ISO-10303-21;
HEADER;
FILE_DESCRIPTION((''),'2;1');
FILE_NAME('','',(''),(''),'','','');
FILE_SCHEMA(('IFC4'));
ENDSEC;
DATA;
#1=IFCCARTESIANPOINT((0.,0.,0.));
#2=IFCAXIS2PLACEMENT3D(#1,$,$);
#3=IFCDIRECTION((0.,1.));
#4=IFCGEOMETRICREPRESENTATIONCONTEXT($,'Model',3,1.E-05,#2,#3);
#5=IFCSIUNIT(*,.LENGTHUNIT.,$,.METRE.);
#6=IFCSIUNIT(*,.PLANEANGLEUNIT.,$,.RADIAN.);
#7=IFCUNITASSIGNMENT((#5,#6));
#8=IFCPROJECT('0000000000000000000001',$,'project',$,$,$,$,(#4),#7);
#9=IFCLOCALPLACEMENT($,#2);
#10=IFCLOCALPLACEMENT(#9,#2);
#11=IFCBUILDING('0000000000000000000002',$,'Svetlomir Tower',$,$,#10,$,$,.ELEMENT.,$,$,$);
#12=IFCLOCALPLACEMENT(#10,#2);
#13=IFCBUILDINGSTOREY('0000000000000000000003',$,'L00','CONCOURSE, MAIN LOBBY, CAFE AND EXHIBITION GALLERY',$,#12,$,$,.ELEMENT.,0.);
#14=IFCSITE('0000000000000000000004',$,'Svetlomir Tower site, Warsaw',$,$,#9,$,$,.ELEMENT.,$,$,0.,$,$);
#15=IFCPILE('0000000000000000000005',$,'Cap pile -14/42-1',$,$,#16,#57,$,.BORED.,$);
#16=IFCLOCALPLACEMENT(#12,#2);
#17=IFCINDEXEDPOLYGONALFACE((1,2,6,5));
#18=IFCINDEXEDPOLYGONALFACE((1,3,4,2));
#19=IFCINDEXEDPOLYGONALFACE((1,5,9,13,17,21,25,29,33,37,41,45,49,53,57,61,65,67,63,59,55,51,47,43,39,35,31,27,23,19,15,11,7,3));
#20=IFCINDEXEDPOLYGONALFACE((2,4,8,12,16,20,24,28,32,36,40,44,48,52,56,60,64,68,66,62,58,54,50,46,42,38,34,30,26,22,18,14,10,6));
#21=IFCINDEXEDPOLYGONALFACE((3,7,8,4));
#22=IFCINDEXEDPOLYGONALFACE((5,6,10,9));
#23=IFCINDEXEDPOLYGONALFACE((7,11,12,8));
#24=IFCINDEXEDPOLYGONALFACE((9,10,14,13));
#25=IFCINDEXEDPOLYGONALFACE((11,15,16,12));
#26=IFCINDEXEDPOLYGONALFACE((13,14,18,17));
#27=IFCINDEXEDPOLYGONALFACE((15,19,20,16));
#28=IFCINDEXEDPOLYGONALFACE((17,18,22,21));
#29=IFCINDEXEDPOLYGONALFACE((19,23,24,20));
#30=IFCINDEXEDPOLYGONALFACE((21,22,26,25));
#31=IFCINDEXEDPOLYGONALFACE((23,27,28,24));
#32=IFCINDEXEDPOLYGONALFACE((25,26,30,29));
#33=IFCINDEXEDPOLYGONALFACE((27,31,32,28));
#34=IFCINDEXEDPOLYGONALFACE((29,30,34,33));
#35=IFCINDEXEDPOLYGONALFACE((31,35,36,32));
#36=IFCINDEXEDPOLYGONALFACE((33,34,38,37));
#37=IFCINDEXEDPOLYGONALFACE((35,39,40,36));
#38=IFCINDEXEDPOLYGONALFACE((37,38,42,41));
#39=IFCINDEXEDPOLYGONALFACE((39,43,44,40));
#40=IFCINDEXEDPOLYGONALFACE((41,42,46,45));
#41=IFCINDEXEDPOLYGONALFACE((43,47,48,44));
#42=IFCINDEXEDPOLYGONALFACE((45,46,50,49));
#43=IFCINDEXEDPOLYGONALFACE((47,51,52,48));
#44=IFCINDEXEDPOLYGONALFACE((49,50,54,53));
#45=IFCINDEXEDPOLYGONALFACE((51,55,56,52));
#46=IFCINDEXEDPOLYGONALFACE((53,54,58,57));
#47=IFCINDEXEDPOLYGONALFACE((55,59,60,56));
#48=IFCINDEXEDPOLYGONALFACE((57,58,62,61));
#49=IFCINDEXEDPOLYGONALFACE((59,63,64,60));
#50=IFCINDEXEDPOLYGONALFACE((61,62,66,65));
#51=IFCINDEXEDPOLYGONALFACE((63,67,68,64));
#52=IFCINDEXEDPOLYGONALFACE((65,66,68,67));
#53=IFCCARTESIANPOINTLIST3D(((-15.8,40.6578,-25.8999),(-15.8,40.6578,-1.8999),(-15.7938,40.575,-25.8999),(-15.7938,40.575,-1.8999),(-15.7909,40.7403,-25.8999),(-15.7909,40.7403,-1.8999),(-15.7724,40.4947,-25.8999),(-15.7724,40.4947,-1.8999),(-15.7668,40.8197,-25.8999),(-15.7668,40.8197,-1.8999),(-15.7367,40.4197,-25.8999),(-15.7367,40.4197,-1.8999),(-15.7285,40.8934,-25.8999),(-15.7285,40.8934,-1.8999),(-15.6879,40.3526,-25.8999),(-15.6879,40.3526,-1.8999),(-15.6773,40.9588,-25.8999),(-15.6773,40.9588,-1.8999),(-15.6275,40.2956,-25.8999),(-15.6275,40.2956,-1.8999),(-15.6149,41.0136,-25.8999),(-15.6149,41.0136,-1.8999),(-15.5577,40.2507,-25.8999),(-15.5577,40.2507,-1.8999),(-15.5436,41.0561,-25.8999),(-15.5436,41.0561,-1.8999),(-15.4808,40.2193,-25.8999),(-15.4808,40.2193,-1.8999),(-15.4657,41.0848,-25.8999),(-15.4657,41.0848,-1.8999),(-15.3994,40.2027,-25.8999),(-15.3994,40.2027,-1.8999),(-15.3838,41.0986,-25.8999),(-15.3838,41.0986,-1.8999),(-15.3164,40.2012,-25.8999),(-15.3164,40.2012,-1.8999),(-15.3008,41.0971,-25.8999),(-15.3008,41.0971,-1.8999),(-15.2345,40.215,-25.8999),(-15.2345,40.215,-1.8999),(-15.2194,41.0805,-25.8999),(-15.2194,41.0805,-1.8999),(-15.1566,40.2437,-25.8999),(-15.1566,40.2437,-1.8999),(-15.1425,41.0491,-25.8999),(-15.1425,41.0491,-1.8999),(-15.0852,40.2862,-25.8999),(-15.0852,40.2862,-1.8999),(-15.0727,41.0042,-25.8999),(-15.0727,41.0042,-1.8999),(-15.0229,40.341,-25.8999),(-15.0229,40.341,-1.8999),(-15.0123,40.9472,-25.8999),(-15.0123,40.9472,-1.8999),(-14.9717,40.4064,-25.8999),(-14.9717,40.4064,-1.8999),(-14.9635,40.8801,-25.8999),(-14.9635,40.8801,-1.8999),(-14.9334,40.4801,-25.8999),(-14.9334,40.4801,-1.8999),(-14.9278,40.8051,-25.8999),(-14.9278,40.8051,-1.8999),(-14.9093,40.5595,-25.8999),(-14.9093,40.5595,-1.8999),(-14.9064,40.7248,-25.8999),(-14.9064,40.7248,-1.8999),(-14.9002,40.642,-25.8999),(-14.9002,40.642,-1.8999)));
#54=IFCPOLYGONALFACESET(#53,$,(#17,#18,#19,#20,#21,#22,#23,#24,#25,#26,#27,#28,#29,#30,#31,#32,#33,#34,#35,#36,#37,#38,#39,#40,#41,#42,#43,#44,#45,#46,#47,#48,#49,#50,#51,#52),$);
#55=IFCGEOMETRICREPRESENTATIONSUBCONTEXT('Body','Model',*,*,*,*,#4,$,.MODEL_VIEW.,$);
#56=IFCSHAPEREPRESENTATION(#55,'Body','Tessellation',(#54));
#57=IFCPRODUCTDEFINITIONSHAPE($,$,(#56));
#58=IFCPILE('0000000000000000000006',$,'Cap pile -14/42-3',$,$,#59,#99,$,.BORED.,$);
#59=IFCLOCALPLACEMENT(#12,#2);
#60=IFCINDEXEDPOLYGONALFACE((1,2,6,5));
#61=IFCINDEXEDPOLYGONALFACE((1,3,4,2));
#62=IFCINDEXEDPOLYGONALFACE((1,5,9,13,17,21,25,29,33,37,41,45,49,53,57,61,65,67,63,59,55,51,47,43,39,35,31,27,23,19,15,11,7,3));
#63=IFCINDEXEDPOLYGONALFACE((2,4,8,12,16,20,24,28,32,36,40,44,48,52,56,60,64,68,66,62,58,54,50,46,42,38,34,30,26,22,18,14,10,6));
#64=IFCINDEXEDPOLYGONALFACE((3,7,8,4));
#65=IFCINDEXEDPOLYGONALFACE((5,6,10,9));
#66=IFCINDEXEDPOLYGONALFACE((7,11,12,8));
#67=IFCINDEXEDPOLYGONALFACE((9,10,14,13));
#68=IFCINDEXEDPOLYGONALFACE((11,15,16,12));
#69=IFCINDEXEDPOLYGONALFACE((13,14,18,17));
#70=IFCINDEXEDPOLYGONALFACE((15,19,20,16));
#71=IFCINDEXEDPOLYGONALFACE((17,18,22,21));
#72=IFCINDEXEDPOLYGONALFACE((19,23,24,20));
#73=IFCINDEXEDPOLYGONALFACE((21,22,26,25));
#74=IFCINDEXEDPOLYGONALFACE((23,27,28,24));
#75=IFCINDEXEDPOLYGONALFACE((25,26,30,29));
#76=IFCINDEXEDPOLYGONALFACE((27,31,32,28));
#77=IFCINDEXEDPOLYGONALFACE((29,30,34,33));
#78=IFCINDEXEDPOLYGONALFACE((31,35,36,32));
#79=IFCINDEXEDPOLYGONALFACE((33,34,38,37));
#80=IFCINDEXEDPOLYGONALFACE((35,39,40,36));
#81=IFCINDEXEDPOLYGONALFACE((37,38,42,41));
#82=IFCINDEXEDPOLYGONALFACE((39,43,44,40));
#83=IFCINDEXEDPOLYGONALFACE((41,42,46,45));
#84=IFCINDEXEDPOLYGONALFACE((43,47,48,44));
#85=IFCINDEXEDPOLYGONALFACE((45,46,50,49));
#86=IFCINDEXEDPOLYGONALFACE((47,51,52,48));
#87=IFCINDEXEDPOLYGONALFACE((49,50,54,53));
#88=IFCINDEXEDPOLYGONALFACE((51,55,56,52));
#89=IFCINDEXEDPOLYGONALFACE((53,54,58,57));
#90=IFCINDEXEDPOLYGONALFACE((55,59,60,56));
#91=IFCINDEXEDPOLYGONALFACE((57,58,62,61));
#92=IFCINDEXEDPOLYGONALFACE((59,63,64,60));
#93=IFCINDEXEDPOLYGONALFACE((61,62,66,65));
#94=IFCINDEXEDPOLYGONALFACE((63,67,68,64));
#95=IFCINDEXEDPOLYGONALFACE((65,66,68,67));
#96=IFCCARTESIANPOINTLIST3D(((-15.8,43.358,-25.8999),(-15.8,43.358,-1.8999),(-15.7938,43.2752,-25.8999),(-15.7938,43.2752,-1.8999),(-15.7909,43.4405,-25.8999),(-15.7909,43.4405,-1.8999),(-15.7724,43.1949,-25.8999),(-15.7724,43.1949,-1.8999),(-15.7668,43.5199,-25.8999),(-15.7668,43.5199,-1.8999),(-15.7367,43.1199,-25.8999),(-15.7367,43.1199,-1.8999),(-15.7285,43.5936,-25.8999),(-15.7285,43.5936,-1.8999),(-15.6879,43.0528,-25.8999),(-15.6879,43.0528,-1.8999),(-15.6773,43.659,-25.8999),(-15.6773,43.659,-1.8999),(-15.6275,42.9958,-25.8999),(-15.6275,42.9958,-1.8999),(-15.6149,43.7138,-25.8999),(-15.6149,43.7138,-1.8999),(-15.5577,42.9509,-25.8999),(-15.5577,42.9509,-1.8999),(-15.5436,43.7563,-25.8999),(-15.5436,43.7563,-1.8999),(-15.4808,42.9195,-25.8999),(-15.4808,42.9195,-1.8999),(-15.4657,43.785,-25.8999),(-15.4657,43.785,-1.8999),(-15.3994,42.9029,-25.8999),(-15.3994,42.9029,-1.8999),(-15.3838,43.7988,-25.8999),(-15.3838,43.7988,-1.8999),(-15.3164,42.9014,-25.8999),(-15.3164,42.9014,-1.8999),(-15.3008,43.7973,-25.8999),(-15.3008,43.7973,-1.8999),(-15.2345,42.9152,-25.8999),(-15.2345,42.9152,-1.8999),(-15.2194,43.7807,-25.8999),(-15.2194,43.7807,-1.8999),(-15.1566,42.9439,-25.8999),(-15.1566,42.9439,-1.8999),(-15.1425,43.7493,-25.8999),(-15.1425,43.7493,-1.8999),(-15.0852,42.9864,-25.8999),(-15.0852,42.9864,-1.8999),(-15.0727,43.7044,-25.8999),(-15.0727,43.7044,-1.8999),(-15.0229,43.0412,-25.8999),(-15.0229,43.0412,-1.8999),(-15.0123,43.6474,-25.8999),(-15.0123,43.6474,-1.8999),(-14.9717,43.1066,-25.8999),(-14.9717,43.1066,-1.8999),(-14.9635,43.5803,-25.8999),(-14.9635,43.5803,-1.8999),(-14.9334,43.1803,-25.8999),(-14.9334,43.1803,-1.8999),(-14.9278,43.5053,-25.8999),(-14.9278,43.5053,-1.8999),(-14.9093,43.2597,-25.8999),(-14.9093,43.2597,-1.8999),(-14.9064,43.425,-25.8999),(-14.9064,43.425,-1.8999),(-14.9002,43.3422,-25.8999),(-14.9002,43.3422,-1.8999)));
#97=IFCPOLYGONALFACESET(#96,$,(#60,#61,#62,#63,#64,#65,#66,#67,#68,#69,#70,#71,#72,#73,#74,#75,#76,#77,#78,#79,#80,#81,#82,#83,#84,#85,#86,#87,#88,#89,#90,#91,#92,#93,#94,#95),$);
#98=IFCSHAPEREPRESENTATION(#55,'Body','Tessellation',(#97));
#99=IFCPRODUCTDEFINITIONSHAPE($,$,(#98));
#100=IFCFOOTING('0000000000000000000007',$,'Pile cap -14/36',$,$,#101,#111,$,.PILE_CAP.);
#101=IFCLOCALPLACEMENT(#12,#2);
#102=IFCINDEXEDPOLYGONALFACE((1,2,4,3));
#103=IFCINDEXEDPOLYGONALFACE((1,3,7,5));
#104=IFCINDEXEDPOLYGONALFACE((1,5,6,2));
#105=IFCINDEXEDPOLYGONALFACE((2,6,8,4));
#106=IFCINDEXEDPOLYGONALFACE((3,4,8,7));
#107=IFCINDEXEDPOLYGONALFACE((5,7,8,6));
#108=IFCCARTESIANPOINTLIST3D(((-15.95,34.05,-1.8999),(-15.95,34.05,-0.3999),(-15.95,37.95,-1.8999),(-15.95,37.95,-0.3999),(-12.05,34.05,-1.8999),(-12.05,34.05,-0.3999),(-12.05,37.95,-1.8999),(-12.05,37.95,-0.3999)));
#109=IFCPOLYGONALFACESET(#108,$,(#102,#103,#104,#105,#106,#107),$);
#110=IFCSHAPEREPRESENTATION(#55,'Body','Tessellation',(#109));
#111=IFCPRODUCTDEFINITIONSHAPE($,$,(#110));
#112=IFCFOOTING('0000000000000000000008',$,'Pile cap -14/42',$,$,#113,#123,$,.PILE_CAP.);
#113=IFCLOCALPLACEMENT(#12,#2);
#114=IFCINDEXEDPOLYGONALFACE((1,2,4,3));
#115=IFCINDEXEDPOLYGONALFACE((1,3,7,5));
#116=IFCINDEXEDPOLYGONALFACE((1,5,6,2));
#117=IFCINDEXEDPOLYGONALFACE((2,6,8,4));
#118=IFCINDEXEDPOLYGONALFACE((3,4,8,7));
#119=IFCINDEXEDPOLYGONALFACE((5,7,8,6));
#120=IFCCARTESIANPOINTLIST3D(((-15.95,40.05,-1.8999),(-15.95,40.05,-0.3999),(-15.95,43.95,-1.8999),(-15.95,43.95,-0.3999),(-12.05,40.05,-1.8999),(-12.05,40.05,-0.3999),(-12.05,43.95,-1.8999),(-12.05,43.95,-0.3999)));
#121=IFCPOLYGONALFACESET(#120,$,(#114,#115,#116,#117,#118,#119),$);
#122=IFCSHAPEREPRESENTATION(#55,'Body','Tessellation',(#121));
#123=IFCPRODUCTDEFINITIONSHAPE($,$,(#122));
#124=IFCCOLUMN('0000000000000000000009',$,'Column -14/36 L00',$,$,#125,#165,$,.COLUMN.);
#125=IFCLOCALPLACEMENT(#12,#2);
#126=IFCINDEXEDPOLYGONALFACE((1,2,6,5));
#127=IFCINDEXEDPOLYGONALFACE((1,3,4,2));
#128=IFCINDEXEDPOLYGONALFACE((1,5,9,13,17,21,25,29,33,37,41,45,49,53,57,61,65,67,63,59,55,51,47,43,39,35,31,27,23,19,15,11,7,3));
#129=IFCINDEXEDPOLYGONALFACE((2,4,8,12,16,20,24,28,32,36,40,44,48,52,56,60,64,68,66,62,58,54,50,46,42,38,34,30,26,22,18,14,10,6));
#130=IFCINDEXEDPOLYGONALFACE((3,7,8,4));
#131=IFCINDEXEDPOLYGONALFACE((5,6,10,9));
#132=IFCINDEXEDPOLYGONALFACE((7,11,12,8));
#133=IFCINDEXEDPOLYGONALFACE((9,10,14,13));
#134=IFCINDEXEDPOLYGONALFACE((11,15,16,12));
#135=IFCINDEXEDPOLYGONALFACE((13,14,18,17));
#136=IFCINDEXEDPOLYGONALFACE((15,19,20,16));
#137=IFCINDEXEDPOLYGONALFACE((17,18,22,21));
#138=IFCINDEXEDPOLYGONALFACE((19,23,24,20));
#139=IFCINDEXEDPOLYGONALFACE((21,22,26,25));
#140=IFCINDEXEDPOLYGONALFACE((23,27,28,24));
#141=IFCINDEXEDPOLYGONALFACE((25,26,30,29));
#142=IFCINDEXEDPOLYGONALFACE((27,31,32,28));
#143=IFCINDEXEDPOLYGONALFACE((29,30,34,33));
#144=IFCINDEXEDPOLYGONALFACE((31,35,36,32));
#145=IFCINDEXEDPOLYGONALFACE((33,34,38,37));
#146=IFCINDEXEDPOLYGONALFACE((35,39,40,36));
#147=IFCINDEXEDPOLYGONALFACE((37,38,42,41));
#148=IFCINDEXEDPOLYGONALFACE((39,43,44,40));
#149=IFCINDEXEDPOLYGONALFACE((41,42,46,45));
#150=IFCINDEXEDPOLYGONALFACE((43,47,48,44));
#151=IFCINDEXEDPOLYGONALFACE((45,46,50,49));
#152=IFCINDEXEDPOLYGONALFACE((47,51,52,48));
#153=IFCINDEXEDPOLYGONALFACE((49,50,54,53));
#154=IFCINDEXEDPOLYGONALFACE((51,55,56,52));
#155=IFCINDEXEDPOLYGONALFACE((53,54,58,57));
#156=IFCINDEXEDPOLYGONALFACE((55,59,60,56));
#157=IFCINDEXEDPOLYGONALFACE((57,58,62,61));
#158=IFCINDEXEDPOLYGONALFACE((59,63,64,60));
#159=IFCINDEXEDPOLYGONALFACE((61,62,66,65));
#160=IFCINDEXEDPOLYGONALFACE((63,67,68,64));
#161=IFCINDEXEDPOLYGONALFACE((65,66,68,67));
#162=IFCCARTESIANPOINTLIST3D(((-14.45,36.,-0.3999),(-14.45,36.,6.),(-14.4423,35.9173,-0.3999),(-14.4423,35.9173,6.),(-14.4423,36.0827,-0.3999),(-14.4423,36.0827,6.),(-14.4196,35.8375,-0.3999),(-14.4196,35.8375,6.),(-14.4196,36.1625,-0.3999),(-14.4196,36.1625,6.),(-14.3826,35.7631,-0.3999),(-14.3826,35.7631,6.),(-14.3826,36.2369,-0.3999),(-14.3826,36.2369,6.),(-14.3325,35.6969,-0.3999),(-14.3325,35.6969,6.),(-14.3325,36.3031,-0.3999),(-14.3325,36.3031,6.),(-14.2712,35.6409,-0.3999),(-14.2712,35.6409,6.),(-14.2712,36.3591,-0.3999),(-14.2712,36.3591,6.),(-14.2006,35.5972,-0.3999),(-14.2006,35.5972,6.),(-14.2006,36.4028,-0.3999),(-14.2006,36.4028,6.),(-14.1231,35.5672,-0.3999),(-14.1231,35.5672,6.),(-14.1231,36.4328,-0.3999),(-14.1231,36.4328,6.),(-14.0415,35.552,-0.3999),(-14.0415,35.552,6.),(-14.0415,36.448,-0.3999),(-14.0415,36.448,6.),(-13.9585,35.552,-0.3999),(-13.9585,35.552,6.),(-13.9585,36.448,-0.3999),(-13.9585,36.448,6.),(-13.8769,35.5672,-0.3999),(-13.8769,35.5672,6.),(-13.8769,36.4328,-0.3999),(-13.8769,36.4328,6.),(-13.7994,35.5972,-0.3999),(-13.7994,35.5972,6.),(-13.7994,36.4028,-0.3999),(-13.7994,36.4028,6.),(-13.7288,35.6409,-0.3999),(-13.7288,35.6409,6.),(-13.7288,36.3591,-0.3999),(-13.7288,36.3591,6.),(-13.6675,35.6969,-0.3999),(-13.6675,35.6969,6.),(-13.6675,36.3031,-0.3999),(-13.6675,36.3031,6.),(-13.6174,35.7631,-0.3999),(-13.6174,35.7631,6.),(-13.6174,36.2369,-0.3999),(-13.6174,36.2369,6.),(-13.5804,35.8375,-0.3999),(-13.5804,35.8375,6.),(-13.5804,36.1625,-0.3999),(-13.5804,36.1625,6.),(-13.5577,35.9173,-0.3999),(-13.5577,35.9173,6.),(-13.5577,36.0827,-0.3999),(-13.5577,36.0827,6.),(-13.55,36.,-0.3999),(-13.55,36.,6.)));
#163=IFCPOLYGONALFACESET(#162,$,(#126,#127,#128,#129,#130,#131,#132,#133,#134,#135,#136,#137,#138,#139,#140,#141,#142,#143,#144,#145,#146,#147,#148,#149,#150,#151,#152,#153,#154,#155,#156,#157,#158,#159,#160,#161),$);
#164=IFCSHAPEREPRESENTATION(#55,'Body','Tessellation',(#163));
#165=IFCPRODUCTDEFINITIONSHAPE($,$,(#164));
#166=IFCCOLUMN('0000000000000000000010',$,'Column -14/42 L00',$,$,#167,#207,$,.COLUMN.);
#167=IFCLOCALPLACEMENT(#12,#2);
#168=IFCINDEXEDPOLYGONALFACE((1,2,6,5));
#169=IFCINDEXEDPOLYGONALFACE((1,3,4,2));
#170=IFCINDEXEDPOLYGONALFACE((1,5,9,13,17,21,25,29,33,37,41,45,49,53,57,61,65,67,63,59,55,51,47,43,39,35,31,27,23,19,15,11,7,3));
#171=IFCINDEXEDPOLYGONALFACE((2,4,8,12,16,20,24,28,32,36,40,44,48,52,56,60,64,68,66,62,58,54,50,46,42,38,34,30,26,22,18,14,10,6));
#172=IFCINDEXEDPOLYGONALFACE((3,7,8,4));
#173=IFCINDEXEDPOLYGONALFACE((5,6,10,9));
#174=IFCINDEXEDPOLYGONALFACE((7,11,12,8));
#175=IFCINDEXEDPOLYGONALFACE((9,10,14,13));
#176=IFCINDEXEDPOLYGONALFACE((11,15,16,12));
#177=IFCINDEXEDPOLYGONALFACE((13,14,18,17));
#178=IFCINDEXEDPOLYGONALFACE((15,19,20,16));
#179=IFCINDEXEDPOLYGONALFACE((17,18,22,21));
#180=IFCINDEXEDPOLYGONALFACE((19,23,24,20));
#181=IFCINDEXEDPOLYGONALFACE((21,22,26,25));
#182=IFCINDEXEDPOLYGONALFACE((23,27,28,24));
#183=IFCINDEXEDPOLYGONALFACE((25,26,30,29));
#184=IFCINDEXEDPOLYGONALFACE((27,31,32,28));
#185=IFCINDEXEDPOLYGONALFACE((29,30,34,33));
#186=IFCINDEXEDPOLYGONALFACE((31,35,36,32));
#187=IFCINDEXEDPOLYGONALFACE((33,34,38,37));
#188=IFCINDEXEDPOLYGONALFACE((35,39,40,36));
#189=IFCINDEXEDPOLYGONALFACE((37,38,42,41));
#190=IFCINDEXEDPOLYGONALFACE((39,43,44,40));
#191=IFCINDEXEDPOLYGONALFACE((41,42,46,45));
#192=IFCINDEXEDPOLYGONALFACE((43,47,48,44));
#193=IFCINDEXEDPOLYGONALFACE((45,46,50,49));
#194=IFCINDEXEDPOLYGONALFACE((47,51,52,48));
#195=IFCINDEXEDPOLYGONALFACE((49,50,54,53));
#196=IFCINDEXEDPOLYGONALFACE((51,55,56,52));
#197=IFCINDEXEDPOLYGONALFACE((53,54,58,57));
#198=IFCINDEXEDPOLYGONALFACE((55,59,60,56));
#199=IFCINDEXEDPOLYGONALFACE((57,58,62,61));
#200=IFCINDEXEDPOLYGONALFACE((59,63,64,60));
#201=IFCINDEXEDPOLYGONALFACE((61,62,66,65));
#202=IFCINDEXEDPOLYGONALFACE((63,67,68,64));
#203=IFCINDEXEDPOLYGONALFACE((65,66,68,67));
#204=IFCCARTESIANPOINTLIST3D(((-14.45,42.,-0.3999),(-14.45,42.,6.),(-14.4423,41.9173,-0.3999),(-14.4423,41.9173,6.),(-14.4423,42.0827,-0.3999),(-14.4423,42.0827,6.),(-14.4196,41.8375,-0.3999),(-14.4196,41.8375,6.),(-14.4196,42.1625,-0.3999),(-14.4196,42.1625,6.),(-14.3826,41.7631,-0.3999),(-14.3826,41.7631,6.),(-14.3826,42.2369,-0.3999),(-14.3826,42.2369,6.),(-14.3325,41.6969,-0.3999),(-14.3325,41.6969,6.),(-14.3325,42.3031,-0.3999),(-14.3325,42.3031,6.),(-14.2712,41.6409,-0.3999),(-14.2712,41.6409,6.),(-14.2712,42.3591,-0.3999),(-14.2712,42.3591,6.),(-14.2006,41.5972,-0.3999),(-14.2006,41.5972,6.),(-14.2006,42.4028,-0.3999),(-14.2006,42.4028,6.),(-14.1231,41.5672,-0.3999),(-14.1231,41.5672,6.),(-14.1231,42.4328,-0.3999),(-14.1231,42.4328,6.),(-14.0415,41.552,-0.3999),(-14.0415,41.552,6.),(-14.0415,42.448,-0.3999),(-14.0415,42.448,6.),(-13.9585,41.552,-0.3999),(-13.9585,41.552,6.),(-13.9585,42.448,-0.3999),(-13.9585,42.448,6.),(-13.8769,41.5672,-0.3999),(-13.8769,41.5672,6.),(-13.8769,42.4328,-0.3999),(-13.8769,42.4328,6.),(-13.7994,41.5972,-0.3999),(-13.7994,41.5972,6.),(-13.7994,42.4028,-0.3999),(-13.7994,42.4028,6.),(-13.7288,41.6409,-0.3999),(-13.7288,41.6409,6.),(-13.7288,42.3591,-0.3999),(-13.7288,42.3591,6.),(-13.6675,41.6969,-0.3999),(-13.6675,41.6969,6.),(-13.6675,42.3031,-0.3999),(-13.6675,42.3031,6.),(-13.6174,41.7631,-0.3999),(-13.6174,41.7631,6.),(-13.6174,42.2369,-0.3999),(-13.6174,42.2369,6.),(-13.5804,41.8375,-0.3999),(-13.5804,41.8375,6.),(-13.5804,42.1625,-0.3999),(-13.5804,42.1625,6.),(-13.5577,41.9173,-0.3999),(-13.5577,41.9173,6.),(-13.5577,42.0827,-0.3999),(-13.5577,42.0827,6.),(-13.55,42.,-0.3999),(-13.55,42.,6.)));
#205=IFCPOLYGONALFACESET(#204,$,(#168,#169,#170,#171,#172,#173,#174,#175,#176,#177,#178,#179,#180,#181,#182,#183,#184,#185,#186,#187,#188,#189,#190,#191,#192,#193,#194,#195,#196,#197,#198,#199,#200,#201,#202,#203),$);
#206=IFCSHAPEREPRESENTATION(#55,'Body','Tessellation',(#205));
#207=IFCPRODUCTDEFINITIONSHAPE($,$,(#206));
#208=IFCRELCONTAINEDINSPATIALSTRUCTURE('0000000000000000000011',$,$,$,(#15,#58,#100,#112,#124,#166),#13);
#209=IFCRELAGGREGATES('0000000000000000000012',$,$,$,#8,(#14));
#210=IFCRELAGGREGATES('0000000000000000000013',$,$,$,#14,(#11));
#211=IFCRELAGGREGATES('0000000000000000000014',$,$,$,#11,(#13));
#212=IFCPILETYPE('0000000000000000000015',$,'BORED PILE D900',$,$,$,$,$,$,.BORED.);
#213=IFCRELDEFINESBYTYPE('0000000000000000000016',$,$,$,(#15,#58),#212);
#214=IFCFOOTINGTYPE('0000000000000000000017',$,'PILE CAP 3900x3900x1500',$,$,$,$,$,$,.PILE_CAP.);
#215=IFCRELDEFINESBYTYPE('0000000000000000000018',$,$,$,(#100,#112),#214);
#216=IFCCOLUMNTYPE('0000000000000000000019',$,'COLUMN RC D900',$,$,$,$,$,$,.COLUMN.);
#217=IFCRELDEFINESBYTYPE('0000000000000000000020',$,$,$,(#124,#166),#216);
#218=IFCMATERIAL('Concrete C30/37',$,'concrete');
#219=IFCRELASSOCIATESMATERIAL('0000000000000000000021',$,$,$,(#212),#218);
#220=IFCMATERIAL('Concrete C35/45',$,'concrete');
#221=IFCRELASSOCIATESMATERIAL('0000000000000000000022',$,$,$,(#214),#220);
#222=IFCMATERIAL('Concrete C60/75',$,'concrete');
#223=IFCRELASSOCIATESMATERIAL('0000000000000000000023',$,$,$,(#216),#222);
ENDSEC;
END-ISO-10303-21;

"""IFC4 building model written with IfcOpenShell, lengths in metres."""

from ifc_helpers import new_model, si_unit, direction, frame, frame_2d, origin, origin_2d, place, context, subcontext, project, spatial, rectangle, circle, extrude, material, material_profile, profile_set, type_object, element, save


model = new_model("IFC4")

# Units and contexts
model_context = context("Model", 3, precision=1e-05, world=origin(), true_north=direction((0.0, 1.0)))
body_context = subcontext(model_context, "Body", "Model", "MODEL_VIEW")
ifc_project = project(units=[si_unit("LENGTHUNIT", "METRE"), si_unit("PLANEANGLEUNIT", "RADIAN")], contexts=[model_context])

# Site, building, storey
site_placement = place(None, origin())
site = spatial("IfcSite", under=ifc_project, at=site_placement, Name="Svetlomir Tower site, Warsaw", CompositionType="ELEMENT", RefElevation=0.0)
building_placement = place(site_placement, origin())
building = spatial("IfcBuilding", under=site, at=building_placement, Name="Svetlomir Tower", CompositionType="ELEMENT")
storey_placement = place(building_placement, origin())
storey = spatial("IfcBuildingStorey", under=building, at=storey_placement, Name="L00", Description="CONCOURSE, MAIN LOBBY, CAFE AND EXHIBITION GALLERY", CompositionType="ELEMENT", Elevation=0.0)

# Piles
ifc_material_1 = material(Name="Concrete C30/37", Category="concrete")
ifc_material_profile_1 = material_profile(ifc_material_1, circle(Radius=0.45, at=origin_2d()), Name="RC D900")
ifc_profile_set_1 = profile_set([ifc_material_profile_1], Name="Concrete C30/37")
pile_type = type_object("IfcPileType", Name="BORED PILE D900", PredefinedType="BORED", material=ifc_profile_set_1)
for number, where, z_axis, x_axis, name in (
    (1, (-15.3501, 40.6499, -1.8999), (0.0, 0.0, -1.0), (1.0, 0.0, 0.0), "Cap pile -14/42-1"),
    (2, (-15.3501, 43.3501, -1.8999), (0.0, 0.0, -1.0), (1.0, 0.0, 0.0), "Cap pile -14/42-3"),
):
    element("IfcPile", number, at=place(storey_placement, frame(where, z_axis=z_axis, x_axis=x_axis)), inside=storey, type_object=pile_type, Name=name, PredefinedType="BORED", context=body_context, shape_type="SweptSolid", body=[
        extrude(circle(Radius=0.45, at=frame_2d((0.0, 0.0), x_axis=(0.999848, 0.017452))), origin(), (0.0, 0.0, 1.0), 24.0),
    ])

# Footings
ifc_material_2 = material(Name="Concrete C35/45", Category="concrete")
footing_type = type_object("IfcFootingType", Name="PILE CAP 3900x3900x1500", PredefinedType="PILE_CAP", material=ifc_material_2)
for number, where, z_axis, x_axis, name in (
    (3, (-14.0, 36.0, -1.8999), (0.0, 0.0, 1.0), (1.0, 0.0, 0.0), "Pile cap -14/36"),
    (4, (-14.0, 42.0, -1.8999), (0.0, 0.0, 1.0), (1.0, 0.0, 0.0), "Pile cap -14/42"),
):
    element("IfcFooting", number, at=place(storey_placement, frame(where, z_axis=z_axis, x_axis=x_axis)), inside=storey, type_object=footing_type, Name=name, PredefinedType="PILE_CAP", context=body_context, shape_type="SweptSolid", body=[
        extrude(rectangle(XDim=3.8999, YDim=3.8999, at=origin_2d()), origin(), (0.0, 0.0, 1.0), 1.5),
    ])

# Columns
ifc_material_3 = material(Name="Concrete C60/75", Category="concrete")
ifc_material_profile_2 = material_profile(ifc_material_3, circle(Radius=0.45, at=origin_2d()), Name="RC D900")
ifc_profile_set_2 = profile_set([ifc_material_profile_2], Name="Concrete C60/75")
column_type = type_object("IfcColumnType", Name="COLUMN RC D900", PredefinedType="COLUMN", material=ifc_profile_set_2)
for number, where, z_axis, x_axis, name in (
    (5, (-14.0, 36.0, -0.3999), (0.0, 0.0, 1.0), (1.0, 0.0, 0.0), "Column -14/36 L00"),
    (6, (-14.0, 42.0, -0.3999), (0.0, 0.0, 1.0), (1.0, 0.0, 0.0), "Column -14/42 L00"),
):
    element("IfcColumn", number, at=place(storey_placement, frame(where, z_axis=z_axis, x_axis=x_axis)), inside=storey, type_object=column_type, Name=name, PredefinedType="COLUMN", context=body_context, shape_type="SweptSolid", body=[
        extrude(circle(Radius=0.45, at=origin_2d()), origin(), (0.0, 0.0, 1.0), 6.3999),
    ])

save(model, "model.ifc")
